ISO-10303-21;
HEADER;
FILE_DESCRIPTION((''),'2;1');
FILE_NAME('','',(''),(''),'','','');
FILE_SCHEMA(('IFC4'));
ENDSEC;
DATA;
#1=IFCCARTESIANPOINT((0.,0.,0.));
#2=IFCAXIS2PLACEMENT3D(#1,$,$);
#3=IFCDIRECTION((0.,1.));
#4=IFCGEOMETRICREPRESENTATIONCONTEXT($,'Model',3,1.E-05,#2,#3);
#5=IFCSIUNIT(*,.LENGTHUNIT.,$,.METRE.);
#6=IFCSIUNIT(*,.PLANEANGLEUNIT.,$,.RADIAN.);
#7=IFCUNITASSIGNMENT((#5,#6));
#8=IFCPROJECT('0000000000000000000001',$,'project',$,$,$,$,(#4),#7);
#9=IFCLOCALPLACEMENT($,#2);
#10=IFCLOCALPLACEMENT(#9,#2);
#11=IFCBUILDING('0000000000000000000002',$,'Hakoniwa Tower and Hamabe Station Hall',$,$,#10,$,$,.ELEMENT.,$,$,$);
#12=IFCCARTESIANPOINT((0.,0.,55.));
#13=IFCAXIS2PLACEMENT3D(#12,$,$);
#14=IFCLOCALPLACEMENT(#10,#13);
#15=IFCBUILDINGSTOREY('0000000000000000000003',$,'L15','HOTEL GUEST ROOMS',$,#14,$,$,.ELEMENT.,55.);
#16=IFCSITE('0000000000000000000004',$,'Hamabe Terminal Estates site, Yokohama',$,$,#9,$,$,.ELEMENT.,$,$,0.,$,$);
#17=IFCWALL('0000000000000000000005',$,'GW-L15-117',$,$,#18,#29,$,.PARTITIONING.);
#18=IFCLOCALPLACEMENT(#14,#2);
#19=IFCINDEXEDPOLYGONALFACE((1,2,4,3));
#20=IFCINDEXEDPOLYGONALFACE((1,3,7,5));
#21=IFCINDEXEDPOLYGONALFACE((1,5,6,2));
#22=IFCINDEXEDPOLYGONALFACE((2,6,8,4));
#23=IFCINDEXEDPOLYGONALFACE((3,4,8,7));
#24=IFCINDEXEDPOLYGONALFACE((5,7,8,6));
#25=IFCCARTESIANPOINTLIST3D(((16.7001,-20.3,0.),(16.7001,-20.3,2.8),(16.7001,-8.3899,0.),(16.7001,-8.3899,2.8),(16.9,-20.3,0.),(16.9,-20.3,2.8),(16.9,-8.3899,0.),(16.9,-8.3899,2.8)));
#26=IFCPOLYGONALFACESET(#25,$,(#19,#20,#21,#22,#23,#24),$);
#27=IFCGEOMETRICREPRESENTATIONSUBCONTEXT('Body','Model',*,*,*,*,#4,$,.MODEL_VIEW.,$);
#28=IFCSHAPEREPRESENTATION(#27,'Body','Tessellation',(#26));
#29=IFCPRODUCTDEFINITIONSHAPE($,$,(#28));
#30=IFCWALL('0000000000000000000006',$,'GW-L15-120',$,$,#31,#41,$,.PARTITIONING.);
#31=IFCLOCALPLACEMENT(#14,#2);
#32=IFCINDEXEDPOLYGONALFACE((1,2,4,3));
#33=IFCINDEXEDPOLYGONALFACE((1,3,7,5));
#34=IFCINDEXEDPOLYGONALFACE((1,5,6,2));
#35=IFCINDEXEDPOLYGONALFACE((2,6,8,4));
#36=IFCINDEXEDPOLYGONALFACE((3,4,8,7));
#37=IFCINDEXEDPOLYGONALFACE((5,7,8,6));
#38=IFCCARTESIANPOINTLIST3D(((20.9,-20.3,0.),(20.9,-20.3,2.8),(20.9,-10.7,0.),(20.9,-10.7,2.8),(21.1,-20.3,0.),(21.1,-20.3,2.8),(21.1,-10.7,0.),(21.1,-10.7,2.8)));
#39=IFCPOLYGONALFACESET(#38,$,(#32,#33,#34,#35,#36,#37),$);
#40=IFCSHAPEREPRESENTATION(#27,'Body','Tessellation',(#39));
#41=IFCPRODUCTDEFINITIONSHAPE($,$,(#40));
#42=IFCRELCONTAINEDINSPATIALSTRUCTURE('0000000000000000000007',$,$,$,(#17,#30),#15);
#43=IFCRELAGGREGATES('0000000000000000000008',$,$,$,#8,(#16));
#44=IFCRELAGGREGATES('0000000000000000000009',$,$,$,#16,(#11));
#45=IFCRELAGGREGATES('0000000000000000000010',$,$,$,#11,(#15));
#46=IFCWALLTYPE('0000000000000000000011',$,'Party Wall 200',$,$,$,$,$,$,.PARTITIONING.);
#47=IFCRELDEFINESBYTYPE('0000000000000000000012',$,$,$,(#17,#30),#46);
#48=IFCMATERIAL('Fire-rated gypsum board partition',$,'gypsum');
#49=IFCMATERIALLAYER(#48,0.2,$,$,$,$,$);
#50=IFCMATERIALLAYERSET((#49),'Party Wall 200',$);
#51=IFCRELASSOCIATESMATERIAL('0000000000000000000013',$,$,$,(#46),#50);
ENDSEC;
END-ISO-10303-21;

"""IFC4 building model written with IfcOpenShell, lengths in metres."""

from ifc_helpers import new_model, si_unit, direction, frame, frame_2d, origin, place, context, subcontext, project, spatial, rectangle, extrude, material, layer, layer_set, type_object, element, save


model = new_model("IFC4")

# Units and contexts
model_context = context("Model", 3, precision=1e-05, world=origin(), true_north=direction((0.0, 1.0)))
body_context = subcontext(model_context, "Body", "Model", "MODEL_VIEW")
ifc_project = project(units=[si_unit("LENGTHUNIT", "METRE"), si_unit("PLANEANGLEUNIT", "RADIAN")], contexts=[model_context])

# Site, building, storey
site_placement = place(None, origin())
site = spatial("IfcSite", under=ifc_project, at=site_placement, Name="Hamabe Terminal Estates site, Yokohama", CompositionType="ELEMENT", RefElevation=0.0)
building_placement = place(site_placement, origin())
building = spatial("IfcBuilding", under=site, at=building_placement, Name="Hakoniwa Tower and Hamabe Station Hall", CompositionType="ELEMENT")
storey_placement = place(building_placement, frame((0.0, 0.0, 55.0)))
storey = spatial("IfcBuildingStorey", under=building, at=storey_placement, Name="L15", Description="HOTEL GUEST ROOMS", CompositionType="ELEMENT", Elevation=55.0)

# Walls
ifc_material_1 = material(Name="Fire-rated gypsum board partition", Category="gypsum")
ifc_layer_1 = layer(ifc_material_1, 0.2)
ifc_layer_set_1 = layer_set([ifc_layer_1], Name="Party Wall 200")
wall_type_1 = type_object("IfcWallType", Name="Party Wall 200", PredefinedType="PARTITIONING", material=ifc_layer_set_1)
wall_1_placement = place(storey_placement, frame((16.8, -20.3, 0.0), z_axis=(0.0, 0.0, 1.0), x_axis=(0.0, 1.0, 0.0)))
element("IfcWall", 1, at=wall_1_placement, inside=storey, type_object=wall_type_1, Name="GW-L15-117", PredefinedType="PARTITIONING", context=body_context, shape_type="SweptSolid", body=[
    extrude(rectangle(XDim=11.9102, YDim=0.2, at=frame_2d((5.9551, 0.0))), origin(), (0.0, 0.0, 1.0), 2.8),
])
wall_2_placement = place(storey_placement, frame((21.0, -20.3, 0.0), z_axis=(0.0, 0.0, 1.0), x_axis=(0.0, 1.0, 0.0)))
element("IfcWall", 2, at=wall_2_placement, inside=storey, type_object=wall_type_1, Name="GW-L15-120", PredefinedType="PARTITIONING", context=body_context, shape_type="SweptSolid", body=[
    extrude(rectangle(XDim=9.6001, YDim=0.2, at=frame_2d((4.8, 0.0))), origin(), (0.0, 0.0, 1.0), 2.8),
])

save(model, "model.ifc")
